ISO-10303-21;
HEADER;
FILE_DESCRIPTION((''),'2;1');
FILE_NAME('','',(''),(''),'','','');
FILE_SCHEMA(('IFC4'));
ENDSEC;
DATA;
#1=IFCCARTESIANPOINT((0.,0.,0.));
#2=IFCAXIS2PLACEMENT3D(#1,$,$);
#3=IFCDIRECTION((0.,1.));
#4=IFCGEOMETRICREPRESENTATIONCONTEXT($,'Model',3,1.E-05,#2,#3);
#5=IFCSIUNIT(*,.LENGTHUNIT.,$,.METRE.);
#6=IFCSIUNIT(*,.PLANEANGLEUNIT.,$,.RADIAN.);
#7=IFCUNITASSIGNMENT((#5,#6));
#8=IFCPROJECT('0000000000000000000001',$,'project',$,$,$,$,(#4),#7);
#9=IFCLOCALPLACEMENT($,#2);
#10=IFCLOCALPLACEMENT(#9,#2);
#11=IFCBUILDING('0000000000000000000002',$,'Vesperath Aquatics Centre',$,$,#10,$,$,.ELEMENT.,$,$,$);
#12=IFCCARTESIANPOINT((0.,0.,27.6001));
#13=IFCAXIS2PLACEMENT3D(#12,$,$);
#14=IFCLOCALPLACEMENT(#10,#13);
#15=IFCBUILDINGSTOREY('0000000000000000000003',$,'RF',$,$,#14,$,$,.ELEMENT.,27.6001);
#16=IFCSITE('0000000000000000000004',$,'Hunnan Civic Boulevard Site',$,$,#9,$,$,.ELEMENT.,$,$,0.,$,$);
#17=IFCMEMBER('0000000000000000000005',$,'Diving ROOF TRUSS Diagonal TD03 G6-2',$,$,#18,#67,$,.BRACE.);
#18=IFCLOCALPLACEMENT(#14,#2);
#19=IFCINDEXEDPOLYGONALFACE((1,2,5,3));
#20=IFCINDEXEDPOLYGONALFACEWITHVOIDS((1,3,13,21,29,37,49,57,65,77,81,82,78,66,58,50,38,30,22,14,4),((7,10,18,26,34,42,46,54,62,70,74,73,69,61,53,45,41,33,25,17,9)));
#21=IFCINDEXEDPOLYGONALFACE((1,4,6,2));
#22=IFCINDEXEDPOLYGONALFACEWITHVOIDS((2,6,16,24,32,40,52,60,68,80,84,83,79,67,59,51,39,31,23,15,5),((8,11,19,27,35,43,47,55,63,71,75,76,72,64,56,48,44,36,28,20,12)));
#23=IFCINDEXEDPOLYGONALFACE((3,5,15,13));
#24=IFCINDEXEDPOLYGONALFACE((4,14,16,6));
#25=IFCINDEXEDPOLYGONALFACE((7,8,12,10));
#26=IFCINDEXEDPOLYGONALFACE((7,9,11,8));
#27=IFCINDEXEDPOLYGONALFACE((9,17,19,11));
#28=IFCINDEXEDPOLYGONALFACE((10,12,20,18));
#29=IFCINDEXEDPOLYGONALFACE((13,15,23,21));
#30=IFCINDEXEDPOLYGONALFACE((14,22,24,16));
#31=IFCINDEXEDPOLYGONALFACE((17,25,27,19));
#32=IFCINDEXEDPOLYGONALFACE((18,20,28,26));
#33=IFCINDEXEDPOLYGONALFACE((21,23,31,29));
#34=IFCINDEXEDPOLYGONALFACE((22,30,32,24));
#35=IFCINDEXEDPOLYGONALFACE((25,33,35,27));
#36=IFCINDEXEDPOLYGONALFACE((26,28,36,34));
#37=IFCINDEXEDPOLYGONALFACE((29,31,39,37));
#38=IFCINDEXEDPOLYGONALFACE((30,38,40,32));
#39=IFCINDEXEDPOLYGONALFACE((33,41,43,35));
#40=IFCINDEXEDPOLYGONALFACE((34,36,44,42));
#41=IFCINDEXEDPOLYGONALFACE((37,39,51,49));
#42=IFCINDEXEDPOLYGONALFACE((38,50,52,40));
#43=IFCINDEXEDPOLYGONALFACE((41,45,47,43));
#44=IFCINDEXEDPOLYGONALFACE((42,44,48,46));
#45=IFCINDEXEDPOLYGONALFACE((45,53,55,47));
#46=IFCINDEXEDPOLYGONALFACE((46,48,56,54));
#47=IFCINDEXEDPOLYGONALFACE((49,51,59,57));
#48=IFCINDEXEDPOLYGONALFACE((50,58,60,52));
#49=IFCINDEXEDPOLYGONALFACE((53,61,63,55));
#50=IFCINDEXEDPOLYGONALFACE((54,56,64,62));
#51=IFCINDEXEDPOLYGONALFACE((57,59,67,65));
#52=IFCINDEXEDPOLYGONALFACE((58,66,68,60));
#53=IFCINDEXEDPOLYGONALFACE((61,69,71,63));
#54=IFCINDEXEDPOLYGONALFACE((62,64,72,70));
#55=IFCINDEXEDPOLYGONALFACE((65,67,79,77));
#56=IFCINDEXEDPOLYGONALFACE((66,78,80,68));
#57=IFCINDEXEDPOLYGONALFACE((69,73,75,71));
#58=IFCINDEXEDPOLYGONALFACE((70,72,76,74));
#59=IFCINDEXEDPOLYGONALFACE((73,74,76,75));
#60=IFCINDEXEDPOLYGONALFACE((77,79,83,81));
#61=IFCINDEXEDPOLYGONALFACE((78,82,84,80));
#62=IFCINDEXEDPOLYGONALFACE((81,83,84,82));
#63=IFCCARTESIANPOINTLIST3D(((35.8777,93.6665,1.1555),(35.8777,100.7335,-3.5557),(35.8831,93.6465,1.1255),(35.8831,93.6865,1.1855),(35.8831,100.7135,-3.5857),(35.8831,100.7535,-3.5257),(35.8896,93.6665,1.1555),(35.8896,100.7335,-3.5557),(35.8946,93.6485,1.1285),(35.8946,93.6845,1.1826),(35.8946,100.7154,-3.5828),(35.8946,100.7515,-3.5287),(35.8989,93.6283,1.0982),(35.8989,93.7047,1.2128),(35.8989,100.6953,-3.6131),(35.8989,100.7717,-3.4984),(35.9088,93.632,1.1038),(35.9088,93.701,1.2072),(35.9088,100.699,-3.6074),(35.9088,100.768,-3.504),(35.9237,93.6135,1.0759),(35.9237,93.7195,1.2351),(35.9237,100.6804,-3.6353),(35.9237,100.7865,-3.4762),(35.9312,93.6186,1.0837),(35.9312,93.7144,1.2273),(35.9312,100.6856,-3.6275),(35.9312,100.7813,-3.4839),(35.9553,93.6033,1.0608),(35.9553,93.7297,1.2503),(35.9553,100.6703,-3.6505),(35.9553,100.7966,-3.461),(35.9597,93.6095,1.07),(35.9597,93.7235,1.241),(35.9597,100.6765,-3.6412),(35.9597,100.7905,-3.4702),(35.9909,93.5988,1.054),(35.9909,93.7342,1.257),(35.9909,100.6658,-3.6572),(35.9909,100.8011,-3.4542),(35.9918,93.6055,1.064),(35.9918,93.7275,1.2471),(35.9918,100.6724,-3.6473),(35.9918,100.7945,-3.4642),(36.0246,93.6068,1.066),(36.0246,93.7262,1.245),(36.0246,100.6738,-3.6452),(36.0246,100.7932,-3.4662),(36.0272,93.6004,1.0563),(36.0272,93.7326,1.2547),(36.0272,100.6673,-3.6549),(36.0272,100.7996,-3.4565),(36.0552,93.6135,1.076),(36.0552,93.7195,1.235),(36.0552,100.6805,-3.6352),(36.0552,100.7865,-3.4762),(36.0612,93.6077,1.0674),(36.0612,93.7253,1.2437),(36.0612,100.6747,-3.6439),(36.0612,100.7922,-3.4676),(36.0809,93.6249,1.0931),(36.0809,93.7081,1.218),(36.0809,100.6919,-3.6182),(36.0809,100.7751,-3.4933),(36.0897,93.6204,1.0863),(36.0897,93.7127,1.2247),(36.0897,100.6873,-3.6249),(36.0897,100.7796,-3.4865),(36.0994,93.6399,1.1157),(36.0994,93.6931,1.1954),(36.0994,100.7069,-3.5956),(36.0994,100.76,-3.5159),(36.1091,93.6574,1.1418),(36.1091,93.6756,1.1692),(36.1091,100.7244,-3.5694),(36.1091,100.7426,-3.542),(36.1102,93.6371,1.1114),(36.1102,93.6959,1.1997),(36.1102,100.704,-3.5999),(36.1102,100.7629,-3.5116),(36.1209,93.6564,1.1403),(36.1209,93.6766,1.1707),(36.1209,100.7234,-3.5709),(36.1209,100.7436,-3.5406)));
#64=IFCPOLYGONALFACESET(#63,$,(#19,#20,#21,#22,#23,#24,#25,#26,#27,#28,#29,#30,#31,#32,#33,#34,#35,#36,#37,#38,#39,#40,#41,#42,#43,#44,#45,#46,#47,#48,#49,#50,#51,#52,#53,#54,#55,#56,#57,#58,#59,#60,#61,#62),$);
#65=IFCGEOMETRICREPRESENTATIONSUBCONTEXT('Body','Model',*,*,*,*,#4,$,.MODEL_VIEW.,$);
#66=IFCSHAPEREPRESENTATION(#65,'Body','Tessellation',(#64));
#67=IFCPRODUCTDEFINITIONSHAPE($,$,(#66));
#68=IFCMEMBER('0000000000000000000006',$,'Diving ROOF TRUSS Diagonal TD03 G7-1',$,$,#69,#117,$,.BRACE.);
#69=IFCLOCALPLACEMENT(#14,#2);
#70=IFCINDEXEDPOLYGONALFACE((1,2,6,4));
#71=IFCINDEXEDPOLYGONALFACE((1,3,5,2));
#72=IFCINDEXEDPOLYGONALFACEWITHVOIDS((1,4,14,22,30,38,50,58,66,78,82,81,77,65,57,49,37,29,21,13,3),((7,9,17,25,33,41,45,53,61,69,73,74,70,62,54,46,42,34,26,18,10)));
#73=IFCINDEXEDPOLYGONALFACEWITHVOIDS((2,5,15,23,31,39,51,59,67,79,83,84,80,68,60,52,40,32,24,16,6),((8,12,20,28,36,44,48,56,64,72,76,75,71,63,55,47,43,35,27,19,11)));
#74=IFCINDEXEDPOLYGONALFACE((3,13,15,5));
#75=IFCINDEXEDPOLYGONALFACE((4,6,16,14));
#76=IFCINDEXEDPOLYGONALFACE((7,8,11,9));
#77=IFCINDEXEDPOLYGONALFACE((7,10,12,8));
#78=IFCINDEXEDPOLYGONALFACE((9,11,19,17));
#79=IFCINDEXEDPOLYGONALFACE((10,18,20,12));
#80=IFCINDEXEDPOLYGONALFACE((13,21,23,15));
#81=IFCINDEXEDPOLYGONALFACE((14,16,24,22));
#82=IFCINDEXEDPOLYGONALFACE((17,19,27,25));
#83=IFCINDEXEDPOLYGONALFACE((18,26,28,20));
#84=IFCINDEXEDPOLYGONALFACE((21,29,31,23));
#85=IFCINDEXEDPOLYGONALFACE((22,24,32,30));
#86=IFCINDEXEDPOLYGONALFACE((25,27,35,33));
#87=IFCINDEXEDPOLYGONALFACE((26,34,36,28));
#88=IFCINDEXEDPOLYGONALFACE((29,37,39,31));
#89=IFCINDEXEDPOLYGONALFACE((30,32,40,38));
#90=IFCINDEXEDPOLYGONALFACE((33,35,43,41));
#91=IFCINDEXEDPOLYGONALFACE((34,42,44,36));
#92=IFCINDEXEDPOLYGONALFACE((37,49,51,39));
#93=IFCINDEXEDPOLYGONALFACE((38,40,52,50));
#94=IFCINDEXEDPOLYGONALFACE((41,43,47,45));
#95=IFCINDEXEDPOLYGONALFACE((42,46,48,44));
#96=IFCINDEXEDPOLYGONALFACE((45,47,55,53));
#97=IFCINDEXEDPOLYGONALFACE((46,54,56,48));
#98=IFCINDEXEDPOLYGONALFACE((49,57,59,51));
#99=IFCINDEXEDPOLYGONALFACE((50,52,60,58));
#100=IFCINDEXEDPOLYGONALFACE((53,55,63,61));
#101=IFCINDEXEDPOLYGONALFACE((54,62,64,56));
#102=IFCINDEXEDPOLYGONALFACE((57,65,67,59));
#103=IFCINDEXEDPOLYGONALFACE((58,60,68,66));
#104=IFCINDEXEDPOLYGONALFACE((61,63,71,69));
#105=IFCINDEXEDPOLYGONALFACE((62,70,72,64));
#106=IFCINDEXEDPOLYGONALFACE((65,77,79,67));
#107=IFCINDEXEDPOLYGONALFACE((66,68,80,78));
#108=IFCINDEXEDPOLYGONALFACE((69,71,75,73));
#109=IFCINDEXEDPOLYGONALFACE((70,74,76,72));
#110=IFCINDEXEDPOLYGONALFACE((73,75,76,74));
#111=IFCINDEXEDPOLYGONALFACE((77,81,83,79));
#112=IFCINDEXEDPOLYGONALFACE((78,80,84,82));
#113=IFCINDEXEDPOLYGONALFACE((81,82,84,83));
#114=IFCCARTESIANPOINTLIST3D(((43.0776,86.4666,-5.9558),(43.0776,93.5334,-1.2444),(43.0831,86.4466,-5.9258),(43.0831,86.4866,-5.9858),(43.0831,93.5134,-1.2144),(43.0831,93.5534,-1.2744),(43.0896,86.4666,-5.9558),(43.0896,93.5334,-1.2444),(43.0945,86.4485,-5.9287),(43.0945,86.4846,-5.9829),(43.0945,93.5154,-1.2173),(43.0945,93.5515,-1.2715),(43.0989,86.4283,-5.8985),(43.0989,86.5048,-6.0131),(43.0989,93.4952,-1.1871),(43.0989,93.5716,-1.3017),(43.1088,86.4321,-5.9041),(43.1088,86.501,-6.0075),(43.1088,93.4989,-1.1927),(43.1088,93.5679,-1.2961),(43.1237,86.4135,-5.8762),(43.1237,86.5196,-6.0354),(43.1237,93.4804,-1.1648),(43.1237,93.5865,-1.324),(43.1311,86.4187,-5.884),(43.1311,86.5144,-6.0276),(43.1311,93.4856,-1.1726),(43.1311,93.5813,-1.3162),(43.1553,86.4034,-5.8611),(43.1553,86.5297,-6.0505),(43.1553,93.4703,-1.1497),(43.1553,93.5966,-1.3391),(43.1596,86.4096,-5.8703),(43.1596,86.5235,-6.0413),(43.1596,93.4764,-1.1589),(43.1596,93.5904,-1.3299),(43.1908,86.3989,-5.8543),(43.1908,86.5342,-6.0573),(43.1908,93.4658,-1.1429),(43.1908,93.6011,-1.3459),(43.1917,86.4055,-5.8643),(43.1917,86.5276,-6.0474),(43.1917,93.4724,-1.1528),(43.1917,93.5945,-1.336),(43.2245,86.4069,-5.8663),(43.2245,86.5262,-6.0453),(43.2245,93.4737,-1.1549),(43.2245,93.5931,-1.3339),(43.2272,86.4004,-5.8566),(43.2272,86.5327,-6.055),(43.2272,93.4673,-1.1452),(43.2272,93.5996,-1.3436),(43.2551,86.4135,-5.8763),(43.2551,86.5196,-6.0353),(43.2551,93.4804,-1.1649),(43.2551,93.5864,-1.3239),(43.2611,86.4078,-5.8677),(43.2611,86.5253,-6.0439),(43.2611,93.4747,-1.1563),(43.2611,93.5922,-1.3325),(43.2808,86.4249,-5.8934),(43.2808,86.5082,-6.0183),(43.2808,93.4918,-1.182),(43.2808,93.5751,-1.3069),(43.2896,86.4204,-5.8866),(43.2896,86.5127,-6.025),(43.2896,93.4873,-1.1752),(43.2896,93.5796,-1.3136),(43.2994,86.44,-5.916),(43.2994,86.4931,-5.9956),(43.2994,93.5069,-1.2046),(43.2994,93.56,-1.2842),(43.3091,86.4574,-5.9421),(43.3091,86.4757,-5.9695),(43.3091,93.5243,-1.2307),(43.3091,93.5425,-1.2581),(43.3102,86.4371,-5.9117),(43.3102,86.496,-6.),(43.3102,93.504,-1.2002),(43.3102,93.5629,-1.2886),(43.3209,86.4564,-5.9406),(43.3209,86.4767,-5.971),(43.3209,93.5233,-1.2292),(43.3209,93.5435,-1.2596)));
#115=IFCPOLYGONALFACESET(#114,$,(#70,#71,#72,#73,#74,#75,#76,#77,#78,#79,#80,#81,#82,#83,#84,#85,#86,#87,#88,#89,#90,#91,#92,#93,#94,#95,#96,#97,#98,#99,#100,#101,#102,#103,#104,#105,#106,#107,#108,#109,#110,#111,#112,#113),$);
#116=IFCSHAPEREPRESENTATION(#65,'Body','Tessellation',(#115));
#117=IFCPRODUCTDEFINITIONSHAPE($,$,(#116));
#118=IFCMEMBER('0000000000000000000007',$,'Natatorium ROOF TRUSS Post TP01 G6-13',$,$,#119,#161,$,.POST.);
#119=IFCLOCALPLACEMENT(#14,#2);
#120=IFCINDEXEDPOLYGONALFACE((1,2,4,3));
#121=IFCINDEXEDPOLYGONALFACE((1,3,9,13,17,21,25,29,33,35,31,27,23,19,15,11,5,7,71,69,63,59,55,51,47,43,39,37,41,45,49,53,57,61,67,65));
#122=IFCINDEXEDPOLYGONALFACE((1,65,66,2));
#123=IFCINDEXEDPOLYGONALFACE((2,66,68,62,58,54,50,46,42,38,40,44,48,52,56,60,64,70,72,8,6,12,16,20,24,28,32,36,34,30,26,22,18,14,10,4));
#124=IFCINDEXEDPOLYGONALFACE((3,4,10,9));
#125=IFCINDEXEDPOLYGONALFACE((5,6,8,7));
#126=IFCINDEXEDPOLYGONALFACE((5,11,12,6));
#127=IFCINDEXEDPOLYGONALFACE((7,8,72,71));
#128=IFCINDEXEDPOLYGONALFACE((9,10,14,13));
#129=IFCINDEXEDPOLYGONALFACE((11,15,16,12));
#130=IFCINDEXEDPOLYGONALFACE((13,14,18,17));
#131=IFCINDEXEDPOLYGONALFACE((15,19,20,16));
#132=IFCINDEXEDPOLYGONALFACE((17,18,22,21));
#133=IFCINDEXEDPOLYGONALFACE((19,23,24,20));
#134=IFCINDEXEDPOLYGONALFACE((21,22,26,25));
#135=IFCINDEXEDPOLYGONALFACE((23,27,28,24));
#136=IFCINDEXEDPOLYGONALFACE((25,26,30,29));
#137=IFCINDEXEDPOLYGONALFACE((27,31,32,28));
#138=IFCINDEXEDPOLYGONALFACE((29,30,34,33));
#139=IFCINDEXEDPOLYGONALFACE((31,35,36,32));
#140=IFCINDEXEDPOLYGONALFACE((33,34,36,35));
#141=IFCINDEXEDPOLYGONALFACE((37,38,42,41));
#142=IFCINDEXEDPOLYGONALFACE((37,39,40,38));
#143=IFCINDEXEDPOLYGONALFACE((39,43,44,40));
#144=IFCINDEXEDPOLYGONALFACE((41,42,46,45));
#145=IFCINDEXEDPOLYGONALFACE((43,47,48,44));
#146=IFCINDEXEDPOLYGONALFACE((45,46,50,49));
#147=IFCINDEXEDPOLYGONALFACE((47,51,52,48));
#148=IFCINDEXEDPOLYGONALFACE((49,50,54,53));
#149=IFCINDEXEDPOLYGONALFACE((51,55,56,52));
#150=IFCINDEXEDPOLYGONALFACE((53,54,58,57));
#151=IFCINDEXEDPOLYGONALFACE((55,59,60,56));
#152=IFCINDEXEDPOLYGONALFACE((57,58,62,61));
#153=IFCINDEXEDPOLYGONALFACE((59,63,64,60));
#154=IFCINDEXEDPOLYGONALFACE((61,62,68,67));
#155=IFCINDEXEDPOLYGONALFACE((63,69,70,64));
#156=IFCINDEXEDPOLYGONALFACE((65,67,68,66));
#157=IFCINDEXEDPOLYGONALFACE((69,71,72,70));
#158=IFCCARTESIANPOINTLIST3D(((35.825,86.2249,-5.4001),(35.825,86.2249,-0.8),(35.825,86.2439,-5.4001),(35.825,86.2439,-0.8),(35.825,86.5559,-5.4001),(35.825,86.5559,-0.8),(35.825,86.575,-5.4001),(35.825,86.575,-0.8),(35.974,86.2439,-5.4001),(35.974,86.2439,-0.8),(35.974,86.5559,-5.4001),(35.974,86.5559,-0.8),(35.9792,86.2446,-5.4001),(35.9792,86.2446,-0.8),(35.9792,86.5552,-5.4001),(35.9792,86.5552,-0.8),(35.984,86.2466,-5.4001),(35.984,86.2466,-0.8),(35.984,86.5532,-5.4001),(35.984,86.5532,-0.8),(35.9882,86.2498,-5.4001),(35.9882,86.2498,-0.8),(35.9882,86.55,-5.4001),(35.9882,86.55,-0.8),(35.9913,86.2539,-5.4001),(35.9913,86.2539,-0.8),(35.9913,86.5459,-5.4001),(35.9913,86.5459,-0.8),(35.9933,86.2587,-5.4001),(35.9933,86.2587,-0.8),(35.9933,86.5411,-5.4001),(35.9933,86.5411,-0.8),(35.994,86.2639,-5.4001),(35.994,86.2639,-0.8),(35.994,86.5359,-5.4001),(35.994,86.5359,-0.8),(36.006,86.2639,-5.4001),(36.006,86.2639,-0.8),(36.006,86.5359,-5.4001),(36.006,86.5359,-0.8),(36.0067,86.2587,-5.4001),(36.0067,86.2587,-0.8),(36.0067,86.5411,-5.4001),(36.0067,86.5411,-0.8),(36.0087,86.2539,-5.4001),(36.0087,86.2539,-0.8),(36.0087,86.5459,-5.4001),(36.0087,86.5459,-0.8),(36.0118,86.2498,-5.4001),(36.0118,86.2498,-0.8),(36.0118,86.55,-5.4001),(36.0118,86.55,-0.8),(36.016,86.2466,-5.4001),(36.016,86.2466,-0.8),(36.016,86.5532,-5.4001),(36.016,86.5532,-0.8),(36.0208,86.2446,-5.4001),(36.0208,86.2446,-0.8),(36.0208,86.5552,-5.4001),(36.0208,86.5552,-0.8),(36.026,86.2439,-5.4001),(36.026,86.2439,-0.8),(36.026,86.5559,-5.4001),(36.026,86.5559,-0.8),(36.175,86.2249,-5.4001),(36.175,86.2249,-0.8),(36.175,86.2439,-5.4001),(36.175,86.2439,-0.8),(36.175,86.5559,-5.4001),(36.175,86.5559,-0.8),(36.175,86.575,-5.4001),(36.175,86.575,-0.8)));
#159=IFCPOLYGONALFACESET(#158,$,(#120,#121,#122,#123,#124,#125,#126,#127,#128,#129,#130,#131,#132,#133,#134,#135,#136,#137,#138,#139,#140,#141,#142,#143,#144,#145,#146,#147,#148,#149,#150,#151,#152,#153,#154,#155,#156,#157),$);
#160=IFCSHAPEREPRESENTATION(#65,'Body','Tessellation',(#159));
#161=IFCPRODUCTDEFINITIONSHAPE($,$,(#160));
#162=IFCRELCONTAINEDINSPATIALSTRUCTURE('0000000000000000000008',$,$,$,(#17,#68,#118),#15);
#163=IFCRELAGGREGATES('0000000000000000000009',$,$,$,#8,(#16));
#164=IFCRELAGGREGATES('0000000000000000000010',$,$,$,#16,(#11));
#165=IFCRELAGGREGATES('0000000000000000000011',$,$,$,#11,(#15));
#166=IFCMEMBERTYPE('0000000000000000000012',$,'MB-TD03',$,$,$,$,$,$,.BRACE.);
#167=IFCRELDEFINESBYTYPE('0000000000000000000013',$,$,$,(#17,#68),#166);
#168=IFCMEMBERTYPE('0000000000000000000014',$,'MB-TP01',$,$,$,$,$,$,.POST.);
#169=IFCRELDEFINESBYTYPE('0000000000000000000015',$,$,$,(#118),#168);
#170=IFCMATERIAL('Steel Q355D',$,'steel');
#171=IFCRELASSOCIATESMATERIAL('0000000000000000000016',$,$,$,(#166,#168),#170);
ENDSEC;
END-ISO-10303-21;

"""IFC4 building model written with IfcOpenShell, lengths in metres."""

from ifc_helpers import new_model, si_unit, direction, frame, origin, origin_2d, place, context, subcontext, project, spatial, hollow_circle, i_section, extrude, material, material_profile, profile_set, type_object, element, save


model = new_model("IFC4")

# Units and contexts
model_context = context("Model", 3, precision=1e-05, world=origin(), true_north=direction((0.0, 1.0)))
body_context = subcontext(model_context, "Body", "Model", "MODEL_VIEW")
ifc_project = project(units=[si_unit("LENGTHUNIT", "METRE"), si_unit("PLANEANGLEUNIT", "RADIAN")], contexts=[model_context])

# Site, building, storey
site_placement = place(None, origin())
site = spatial("IfcSite", under=ifc_project, at=site_placement, Name="Hunnan Civic Boulevard Site", CompositionType="ELEMENT", RefElevation=0.0)
building_placement = place(site_placement, origin())
building = spatial("IfcBuilding", under=site, at=building_placement, Name="Vesperath Aquatics Centre", CompositionType="ELEMENT")
storey_placement = place(building_placement, frame((0.0, 0.0, 27.6001)))
storey = spatial("IfcBuildingStorey", under=building, at=storey_placement, Name="RF", CompositionType="ELEMENT", Elevation=27.6001)

# Members
ifc_material_1 = material(Name="Steel Q355D", Category="steel")
ifc_material_profile_1 = material_profile(ifc_material_1, hollow_circle(Radius=0.1223, WallThickness=0.012, at=origin_2d()), Name="CHS 244.5x12")
ifc_profile_set_1 = profile_set([ifc_material_profile_1], Name="Steel Q355D")
member_type_1 = type_object("IfcMemberType", Name="MB-TD03", PredefinedType="BRACE", material=ifc_profile_set_1)
for number, where, z_axis, x_axis, name in (
    (1, (36.0, 93.6665, 1.1555), (0.0, 0.832055, -0.554694), (-1.0, 0.0, 0.0), "Diving ROOF TRUSS Diagonal TD03 G6-2"),
    (2, (43.2, 86.4666, -5.9558), (0.0, 0.832041, 0.554713), (-1.0, 0.0, 0.0), "Diving ROOF TRUSS Diagonal TD03 G7-1"),
):
    element("IfcMember", number, at=place(storey_placement, frame(where, z_axis=z_axis, x_axis=x_axis)), inside=storey, type_object=member_type_1, Name=name, PredefinedType="BRACE", context=body_context, shape_type="SweptSolid", body=[
        extrude(hollow_circle(Radius=0.1223, WallThickness=0.012, at=origin_2d()), origin(), (0.0, 0.0, 1.0), 8.4934),
    ])
ifc_material_profile_2 = material_profile(ifc_material_1, i_section(OverallWidth=0.3501, OverallDepth=0.3501, WebThickness=0.012, FlangeThickness=0.019, FilletRadius=0.02, at=origin_2d()), Name="HW 350x350x12x19")
ifc_profile_set_2 = profile_set([ifc_material_profile_2], Name="Steel Q355D")
member_type_2 = type_object("IfcMemberType", Name="MB-TP01", PredefinedType="POST", material=ifc_profile_set_2)
member_1_placement = place(storey_placement, frame((36.0, 86.3999, -5.4001), z_axis=(0.0, 0.0, 1.0), x_axis=(1.0, 0.0, 0.0)))
element("IfcMember", 3, at=member_1_placement, inside=storey, type_object=member_type_2, Name="Natatorium ROOF TRUSS Post TP01 G6-13", PredefinedType="POST", context=body_context, shape_type="SweptSolid", body=[
    extrude(i_section(OverallWidth=0.3501, OverallDepth=0.3501, WebThickness=0.012, FlangeThickness=0.019, FilletRadius=0.02, at=origin_2d()), origin(), (0.0, 0.0, 1.0), 4.6001),
])

save(model, "model.ifc")
